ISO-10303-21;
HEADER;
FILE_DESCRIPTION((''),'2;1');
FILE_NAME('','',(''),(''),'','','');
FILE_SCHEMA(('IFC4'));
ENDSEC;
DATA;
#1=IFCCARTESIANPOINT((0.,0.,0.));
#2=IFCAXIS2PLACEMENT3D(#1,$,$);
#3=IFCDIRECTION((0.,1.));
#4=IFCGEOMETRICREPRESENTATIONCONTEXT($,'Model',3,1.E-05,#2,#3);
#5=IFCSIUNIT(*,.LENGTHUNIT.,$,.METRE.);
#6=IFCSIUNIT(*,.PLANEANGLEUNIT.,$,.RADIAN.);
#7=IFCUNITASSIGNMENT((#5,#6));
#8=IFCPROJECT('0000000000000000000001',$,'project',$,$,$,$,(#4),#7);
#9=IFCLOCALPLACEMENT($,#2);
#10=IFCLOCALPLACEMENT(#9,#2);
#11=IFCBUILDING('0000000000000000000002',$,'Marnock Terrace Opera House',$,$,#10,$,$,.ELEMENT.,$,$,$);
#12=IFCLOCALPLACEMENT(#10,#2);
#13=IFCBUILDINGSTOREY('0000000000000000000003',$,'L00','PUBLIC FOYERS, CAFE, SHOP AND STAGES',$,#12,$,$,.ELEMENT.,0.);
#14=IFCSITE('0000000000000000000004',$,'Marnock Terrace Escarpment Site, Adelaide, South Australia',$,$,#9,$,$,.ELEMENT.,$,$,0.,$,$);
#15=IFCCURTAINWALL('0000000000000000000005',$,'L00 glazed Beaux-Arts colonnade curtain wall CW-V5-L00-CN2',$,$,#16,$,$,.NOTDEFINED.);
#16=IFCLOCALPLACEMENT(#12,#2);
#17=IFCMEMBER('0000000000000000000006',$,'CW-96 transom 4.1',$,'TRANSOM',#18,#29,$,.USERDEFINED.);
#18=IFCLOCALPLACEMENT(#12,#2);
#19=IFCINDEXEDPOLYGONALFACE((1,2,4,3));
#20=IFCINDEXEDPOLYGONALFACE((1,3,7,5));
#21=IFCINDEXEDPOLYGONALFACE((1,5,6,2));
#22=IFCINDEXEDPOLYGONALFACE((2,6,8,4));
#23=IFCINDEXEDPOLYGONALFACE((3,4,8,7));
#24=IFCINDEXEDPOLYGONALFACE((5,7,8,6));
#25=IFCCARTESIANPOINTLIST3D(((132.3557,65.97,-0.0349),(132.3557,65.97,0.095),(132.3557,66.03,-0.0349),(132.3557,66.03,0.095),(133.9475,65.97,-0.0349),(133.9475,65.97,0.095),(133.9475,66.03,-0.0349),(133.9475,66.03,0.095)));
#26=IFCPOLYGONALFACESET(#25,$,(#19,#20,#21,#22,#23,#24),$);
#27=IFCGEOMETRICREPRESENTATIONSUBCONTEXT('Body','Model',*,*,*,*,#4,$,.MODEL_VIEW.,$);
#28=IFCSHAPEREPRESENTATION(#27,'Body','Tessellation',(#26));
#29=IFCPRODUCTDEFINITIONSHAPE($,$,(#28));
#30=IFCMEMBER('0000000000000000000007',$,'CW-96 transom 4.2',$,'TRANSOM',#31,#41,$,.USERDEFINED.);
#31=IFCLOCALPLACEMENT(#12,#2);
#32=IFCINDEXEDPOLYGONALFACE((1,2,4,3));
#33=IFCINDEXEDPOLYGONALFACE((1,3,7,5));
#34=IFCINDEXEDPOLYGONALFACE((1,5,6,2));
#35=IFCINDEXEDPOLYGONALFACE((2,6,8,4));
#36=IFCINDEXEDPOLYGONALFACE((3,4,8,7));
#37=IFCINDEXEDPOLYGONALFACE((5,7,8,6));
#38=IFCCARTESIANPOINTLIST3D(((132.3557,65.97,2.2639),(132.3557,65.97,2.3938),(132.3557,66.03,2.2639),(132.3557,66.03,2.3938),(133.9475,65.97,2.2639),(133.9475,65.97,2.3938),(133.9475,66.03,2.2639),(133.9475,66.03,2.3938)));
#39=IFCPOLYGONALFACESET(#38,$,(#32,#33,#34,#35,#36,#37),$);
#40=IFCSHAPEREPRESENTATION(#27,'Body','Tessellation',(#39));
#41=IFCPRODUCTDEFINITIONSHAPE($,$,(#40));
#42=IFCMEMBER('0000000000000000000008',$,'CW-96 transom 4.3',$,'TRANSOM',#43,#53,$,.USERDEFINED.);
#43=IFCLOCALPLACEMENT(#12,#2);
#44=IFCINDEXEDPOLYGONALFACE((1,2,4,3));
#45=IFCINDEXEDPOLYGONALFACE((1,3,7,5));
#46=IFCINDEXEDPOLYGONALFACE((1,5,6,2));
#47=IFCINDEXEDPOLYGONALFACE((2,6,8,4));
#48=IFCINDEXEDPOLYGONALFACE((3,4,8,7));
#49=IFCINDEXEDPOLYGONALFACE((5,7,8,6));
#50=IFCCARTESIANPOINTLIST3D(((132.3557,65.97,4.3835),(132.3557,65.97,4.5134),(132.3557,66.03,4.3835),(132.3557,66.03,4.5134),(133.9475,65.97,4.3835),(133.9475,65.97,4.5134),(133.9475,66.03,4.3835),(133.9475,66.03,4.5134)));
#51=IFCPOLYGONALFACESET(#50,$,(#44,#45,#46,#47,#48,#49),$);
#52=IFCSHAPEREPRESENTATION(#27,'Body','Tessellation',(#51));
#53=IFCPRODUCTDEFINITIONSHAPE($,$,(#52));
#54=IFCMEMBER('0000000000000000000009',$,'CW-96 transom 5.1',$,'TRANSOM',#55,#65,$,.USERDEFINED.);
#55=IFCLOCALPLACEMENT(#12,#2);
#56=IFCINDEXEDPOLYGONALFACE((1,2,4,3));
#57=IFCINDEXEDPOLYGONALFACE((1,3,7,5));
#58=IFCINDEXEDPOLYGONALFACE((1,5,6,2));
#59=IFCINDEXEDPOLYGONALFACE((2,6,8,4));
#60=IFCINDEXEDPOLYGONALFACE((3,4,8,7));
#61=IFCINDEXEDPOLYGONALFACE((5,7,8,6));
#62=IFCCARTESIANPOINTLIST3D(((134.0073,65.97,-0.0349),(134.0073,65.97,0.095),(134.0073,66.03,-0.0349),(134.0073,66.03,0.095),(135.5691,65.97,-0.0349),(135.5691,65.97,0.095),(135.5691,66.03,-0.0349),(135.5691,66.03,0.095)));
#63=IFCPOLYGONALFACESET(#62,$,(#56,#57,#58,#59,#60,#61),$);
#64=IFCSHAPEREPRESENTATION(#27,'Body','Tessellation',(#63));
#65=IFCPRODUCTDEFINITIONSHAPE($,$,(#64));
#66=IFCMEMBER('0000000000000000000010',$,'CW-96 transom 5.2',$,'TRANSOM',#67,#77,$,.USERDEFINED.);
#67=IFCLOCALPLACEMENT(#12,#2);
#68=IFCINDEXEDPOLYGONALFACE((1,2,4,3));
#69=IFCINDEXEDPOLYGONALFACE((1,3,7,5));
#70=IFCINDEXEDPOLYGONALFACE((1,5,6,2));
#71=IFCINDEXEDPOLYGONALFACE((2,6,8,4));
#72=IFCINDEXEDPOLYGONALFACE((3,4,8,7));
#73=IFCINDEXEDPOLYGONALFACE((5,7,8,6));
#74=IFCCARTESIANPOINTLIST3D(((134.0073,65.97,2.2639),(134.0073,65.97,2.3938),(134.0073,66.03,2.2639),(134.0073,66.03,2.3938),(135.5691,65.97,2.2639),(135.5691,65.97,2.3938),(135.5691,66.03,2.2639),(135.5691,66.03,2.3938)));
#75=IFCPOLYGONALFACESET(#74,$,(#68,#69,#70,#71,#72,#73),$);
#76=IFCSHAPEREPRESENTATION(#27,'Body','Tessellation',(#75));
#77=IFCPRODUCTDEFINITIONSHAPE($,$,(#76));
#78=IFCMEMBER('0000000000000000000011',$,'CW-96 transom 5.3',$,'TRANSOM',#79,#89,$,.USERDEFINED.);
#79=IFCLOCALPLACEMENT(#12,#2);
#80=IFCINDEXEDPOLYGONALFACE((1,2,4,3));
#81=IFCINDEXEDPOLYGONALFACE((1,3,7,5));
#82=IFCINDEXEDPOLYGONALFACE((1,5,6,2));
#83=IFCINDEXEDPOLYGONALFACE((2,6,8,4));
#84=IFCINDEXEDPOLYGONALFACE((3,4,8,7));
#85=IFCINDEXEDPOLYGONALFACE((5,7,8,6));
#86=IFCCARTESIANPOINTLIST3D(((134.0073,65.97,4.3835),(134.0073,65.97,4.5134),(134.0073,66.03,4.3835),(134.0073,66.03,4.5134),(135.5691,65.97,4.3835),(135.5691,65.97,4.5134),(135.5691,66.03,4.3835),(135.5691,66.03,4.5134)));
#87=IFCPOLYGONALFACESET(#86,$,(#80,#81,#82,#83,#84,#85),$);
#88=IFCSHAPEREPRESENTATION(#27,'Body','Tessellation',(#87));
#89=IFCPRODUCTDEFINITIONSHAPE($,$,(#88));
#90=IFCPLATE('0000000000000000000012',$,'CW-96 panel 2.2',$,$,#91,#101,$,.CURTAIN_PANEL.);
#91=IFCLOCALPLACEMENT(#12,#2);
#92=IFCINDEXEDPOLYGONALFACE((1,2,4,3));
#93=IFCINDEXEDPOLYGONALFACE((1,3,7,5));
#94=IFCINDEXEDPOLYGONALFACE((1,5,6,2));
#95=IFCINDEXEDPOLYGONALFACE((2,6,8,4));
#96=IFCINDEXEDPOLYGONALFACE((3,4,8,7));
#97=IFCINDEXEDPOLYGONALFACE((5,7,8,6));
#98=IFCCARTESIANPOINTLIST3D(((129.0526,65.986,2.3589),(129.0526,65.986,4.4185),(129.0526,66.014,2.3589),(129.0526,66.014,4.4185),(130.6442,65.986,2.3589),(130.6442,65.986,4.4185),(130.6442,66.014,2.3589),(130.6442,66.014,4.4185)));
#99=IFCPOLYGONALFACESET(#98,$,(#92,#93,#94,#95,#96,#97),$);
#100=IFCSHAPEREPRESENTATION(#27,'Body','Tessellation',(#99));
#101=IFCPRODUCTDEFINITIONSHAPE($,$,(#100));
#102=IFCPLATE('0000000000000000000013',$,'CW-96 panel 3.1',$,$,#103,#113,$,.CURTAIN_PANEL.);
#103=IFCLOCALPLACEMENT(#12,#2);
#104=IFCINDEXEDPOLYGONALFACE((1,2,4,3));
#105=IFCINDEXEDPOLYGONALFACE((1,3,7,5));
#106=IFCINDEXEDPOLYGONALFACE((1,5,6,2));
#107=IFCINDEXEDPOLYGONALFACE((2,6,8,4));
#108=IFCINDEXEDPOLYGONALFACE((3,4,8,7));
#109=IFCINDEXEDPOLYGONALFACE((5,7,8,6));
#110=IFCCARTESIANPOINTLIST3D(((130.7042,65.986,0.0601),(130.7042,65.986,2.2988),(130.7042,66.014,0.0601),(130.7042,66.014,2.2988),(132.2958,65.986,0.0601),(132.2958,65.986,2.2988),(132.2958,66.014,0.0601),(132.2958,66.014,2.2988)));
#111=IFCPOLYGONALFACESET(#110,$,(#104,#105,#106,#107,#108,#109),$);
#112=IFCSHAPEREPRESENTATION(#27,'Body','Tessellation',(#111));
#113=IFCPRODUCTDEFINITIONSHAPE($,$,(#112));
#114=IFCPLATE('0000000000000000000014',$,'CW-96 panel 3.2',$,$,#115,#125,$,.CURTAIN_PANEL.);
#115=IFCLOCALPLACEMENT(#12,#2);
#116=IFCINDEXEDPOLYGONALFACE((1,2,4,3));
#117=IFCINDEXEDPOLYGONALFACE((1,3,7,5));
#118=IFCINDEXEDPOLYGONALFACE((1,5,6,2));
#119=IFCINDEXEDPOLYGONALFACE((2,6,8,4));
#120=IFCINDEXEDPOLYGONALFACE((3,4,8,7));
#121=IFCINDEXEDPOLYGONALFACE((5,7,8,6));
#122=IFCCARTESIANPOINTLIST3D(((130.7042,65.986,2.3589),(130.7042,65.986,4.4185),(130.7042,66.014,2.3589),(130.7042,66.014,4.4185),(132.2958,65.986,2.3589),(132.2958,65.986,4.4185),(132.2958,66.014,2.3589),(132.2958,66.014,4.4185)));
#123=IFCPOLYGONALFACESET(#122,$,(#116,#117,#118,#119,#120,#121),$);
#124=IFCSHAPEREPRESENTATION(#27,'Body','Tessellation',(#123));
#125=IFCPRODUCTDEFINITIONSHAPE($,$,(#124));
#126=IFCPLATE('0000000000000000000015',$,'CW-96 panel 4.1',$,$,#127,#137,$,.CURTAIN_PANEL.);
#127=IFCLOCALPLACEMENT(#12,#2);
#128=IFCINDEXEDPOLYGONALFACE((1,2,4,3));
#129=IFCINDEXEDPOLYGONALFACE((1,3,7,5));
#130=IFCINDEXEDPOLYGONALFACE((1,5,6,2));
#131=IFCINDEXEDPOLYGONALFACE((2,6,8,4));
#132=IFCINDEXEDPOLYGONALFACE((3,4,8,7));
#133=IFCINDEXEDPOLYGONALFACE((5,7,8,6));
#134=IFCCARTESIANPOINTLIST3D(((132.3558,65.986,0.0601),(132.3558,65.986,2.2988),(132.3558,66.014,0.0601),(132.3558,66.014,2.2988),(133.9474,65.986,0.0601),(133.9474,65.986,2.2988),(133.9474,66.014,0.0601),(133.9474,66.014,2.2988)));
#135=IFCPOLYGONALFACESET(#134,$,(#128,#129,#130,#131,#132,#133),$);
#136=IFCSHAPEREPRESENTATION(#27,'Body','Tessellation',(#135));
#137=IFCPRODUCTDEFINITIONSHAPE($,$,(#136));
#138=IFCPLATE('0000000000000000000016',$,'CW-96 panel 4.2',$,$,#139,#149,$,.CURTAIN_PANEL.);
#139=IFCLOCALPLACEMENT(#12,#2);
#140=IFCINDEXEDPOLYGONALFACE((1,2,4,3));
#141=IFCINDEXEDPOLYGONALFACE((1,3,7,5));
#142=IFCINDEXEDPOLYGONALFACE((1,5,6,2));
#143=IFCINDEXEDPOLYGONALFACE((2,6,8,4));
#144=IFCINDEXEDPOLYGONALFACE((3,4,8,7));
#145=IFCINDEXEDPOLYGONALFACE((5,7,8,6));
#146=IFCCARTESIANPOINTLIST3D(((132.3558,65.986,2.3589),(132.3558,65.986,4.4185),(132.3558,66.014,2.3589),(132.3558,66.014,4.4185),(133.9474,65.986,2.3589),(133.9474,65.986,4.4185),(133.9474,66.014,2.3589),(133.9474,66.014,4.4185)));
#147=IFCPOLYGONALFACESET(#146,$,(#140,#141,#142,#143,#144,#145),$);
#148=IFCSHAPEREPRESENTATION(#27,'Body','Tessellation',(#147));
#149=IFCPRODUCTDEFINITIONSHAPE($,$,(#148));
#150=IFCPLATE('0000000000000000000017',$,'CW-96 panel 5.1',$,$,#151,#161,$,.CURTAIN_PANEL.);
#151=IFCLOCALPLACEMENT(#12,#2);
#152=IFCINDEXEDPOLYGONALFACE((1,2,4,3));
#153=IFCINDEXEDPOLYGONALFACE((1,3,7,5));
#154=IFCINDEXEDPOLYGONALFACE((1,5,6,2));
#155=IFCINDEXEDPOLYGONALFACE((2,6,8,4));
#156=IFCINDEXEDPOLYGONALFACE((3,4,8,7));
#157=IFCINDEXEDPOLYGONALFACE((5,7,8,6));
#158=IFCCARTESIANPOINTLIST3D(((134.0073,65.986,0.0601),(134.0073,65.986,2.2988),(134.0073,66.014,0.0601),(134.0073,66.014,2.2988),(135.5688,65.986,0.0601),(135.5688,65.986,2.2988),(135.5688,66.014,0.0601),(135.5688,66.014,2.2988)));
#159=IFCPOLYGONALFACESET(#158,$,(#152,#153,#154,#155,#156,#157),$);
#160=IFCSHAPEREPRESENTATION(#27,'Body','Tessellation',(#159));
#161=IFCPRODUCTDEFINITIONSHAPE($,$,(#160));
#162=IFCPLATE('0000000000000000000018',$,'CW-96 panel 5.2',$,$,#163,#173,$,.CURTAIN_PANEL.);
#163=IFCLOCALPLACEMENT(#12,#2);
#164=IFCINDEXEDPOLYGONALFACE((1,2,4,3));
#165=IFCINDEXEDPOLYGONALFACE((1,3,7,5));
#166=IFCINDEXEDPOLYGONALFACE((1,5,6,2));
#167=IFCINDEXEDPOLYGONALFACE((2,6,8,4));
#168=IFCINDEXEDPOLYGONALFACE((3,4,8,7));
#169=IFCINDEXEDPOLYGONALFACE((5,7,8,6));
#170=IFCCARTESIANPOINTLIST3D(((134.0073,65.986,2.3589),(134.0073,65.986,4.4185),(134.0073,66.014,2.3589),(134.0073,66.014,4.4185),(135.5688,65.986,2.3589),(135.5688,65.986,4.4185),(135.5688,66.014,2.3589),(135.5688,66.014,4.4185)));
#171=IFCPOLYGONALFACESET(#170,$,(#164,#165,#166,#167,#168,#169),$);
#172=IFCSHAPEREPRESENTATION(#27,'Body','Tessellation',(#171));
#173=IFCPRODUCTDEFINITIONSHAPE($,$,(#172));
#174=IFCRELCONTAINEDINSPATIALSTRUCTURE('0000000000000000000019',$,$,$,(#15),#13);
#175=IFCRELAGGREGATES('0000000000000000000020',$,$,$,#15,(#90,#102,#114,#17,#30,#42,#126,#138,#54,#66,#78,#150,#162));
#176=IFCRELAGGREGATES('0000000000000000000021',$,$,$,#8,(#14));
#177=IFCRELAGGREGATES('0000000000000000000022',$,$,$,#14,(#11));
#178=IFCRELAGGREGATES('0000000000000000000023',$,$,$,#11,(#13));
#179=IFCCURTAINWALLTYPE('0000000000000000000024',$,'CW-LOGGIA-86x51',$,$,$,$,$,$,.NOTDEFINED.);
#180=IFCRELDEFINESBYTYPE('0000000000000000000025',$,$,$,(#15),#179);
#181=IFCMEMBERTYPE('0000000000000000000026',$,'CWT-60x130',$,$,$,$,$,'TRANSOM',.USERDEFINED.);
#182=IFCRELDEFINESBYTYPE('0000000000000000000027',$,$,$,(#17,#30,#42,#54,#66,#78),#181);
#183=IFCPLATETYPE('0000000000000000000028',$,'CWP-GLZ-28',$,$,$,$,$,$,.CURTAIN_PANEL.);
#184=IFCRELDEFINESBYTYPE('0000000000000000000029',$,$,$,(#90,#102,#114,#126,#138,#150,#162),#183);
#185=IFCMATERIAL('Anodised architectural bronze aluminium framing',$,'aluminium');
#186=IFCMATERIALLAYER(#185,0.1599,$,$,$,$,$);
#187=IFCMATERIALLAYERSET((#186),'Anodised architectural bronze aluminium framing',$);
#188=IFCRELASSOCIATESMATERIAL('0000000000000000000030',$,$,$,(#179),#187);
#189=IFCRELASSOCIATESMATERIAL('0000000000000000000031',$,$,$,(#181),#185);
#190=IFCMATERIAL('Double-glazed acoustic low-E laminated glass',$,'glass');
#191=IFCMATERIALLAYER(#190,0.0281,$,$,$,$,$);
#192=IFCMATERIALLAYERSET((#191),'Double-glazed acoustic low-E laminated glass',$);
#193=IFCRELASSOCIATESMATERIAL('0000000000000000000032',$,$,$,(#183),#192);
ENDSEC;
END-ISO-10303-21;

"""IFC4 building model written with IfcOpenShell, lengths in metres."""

from ifc_helpers import new_model, si_unit, direction, frame, origin, origin_2d, place, context, subcontext, project, spatial, rectangle, extrude, material, layer, layer_set, material_profile, profile_set, type_object, element, aggregate, save


model = new_model("IFC4")

# Units and contexts
model_context = context("Model", 3, precision=1e-05, world=origin(), true_north=direction((0.0, 1.0)))
body_context = subcontext(model_context, "Body", "Model", "MODEL_VIEW")
ifc_project = project(units=[si_unit("LENGTHUNIT", "METRE"), si_unit("PLANEANGLEUNIT", "RADIAN")], contexts=[model_context])

# Site, building, storey
site_placement = place(None, origin())
site = spatial("IfcSite", under=ifc_project, at=site_placement, Name="Marnock Terrace Escarpment Site, Adelaide, South Australia", CompositionType="ELEMENT", RefElevation=0.0)
building_placement = place(site_placement, origin())
building = spatial("IfcBuilding", under=site, at=building_placement, Name="Marnock Terrace Opera House", CompositionType="ELEMENT")
storey_placement = place(building_placement, origin())
storey = spatial("IfcBuildingStorey", under=building, at=storey_placement, Name="L00", Description="PUBLIC FOYERS, CAFE, SHOP AND STAGES", CompositionType="ELEMENT", Elevation=0.0)

# Curtain wall, members, plates
ifc_material_1 = material(Name="Anodised architectural bronze aluminium framing", Category="aluminium")
ifc_layer_1 = layer(ifc_material_1, 0.1599)
ifc_layer_set_1 = layer_set([ifc_layer_1], Name="Anodised architectural bronze aluminium framing")
curtain_wall_type = type_object("IfcCurtainWallType", Name="CW-LOGGIA-86x51", PredefinedType="NOTDEFINED", material=ifc_layer_set_1)
curtain_wall_placement = place(storey_placement, origin())
curtain_wall = element("IfcCurtainWall", 1, at=curtain_wall_placement, inside=storey, type_object=curtain_wall_type, Name="L00 glazed Beaux-Arts colonnade curtain wall CW-V5-L00-CN2", PredefinedType="NOTDEFINED")
ifc_material_profile_1 = material_profile(ifc_material_1, rectangle(XDim=0.0601, YDim=0.1299, at=origin_2d()))
ifc_profile_set_1 = profile_set([ifc_material_profile_1], Name="Anodised architectural bronze aluminium framing")
member_type_1 = type_object("IfcMemberType", Name="CWT-60x130", ElementType="TRANSOM", PredefinedType="USERDEFINED", material=ifc_profile_set_1)
member_1_placement = place(storey_placement, frame((132.3557, 66.0, 0.03), z_axis=(1.0, 0.0, 0.0), x_axis=(0.0, 1.0, 0.0)))
member_1 = element("IfcMember", 2, at=member_1_placement, type_object=member_type_1, Name="CW-96 transom 4.1", ObjectType="TRANSOM", PredefinedType="USERDEFINED", context=body_context, shape_type="SweptSolid", body=[
    extrude(rectangle(XDim=0.0601, YDim=0.1299, at=origin_2d()), origin(), (0.0, 0.0, 1.0), 1.5918),
])
member_2_placement = place(storey_placement, frame((132.3557, 66.0, 2.3289), z_axis=(1.0, 0.0, 0.0), x_axis=(0.0, 1.0, 0.0)))
member_2 = element("IfcMember", 3, at=member_2_placement, type_object=member_type_1, Name="CW-96 transom 4.2", ObjectType="TRANSOM", PredefinedType="USERDEFINED", context=body_context, shape_type="SweptSolid", body=[
    extrude(rectangle(XDim=0.0601, YDim=0.1299, at=origin_2d()), origin(), (0.0, 0.0, 1.0), 1.5918),
])
member_3_placement = place(storey_placement, frame((132.3557, 66.0, 4.4485), z_axis=(1.0, 0.0, 0.0), x_axis=(0.0, 1.0, 0.0)))
member_3 = element("IfcMember", 4, at=member_3_placement, type_object=member_type_1, Name="CW-96 transom 4.3", ObjectType="TRANSOM", PredefinedType="USERDEFINED", context=body_context, shape_type="SweptSolid", body=[
    extrude(rectangle(XDim=0.0601, YDim=0.1299, at=origin_2d()), origin(), (0.0, 0.0, 1.0), 1.5918),
])
member_4_placement = place(storey_placement, frame((134.0073, 66.0, 0.03), z_axis=(1.0, 0.0, 0.0), x_axis=(0.0, 1.0, 0.0)))
member_4 = element("IfcMember", 5, at=member_4_placement, type_object=member_type_1, Name="CW-96 transom 5.1", ObjectType="TRANSOM", PredefinedType="USERDEFINED", context=body_context, shape_type="SweptSolid", body=[
    extrude(rectangle(XDim=0.0601, YDim=0.1299, at=origin_2d()), origin(), (0.0, 0.0, 1.0), 1.5618),
])
member_5_placement = place(storey_placement, frame((134.0073, 66.0, 2.3289), z_axis=(1.0, 0.0, 0.0), x_axis=(0.0, 1.0, 0.0)))
member_5 = element("IfcMember", 6, at=member_5_placement, type_object=member_type_1, Name="CW-96 transom 5.2", ObjectType="TRANSOM", PredefinedType="USERDEFINED", context=body_context, shape_type="SweptSolid", body=[
    extrude(rectangle(XDim=0.0601, YDim=0.1299, at=origin_2d()), origin(), (0.0, 0.0, 1.0), 1.5618),
])
member_6_placement = place(storey_placement, frame((134.0073, 66.0, 4.4485), z_axis=(1.0, 0.0, 0.0), x_axis=(0.0, 1.0, 0.0)))
member_6 = element("IfcMember", 7, at=member_6_placement, type_object=member_type_1, Name="CW-96 transom 5.3", ObjectType="TRANSOM", PredefinedType="USERDEFINED", context=body_context, shape_type="SweptSolid", body=[
    extrude(rectangle(XDim=0.0601, YDim=0.1299, at=origin_2d()), origin(), (0.0, 0.0, 1.0), 1.5618),
])
ifc_material_2 = material(Name="Double-glazed acoustic low-E laminated glass", Category="glass")
ifc_layer_2 = layer(ifc_material_2, 0.0281)
ifc_layer_set_2 = layer_set([ifc_layer_2], Name="Double-glazed acoustic low-E laminated glass")
plate_type = type_object("IfcPlateType", Name="CWP-GLZ-28", PredefinedType="CURTAIN_PANEL", material=ifc_layer_set_2)
plate_1_placement = place(storey_placement, frame((129.8484, 66.0, 2.3589), z_axis=(0.0, 0.0, 1.0), x_axis=(1.0, 0.0, 0.0)))
plate_1 = element("IfcPlate", 8, at=plate_1_placement, type_object=plate_type, Name="CW-96 panel 2.2", PredefinedType="CURTAIN_PANEL", context=body_context, shape_type="SweptSolid", body=[
    extrude(rectangle(XDim=1.5916, YDim=0.0281, at=origin_2d()), origin(), (0.0, 0.0, 1.0), 2.0596),
])
plate_2_placement = place(storey_placement, frame((131.5, 66.0, 0.0601), z_axis=(0.0, 0.0, 1.0), x_axis=(1.0, 0.0, 0.0)))
plate_2 = element("IfcPlate", 9, at=plate_2_placement, type_object=plate_type, Name="CW-96 panel 3.1", PredefinedType="CURTAIN_PANEL", context=body_context, shape_type="SweptSolid", body=[
    extrude(rectangle(XDim=1.5916, YDim=0.0281, at=origin_2d()), origin(), (0.0, 0.0, 1.0), 2.2388),
])
plate_3_placement = place(storey_placement, frame((131.5, 66.0, 2.3589), z_axis=(0.0, 0.0, 1.0), x_axis=(1.0, 0.0, 0.0)))
plate_3 = element("IfcPlate", 10, at=plate_3_placement, type_object=plate_type, Name="CW-96 panel 3.2", PredefinedType="CURTAIN_PANEL", context=body_context, shape_type="SweptSolid", body=[
    extrude(rectangle(XDim=1.5916, YDim=0.0281, at=origin_2d()), origin(), (0.0, 0.0, 1.0), 2.0596),
])
plate_4_placement = place(storey_placement, frame((133.1516, 66.0, 0.0601), z_axis=(0.0, 0.0, 1.0), x_axis=(1.0, 0.0, 0.0)))
plate_4 = element("IfcPlate", 11, at=plate_4_placement, type_object=plate_type, Name="CW-96 panel 4.1", PredefinedType="CURTAIN_PANEL", context=body_context, shape_type="SweptSolid", body=[
    extrude(rectangle(XDim=1.5916, YDim=0.0281, at=origin_2d()), origin(), (0.0, 0.0, 1.0), 2.2388),
])
plate_5_placement = place(storey_placement, frame((133.1516, 66.0, 2.3589), z_axis=(0.0, 0.0, 1.0), x_axis=(1.0, 0.0, 0.0)))
plate_5 = element("IfcPlate", 12, at=plate_5_placement, type_object=plate_type, Name="CW-96 panel 4.2", PredefinedType="CURTAIN_PANEL", context=body_context, shape_type="SweptSolid", body=[
    extrude(rectangle(XDim=1.5916, YDim=0.0281, at=origin_2d()), origin(), (0.0, 0.0, 1.0), 2.0596),
])
plate_6_placement = place(storey_placement, frame((134.7881, 66.0, 0.0601), z_axis=(0.0, 0.0, 1.0), x_axis=(1.0, 0.0, 0.0)))
plate_6 = element("IfcPlate", 13, at=plate_6_placement, type_object=plate_type, Name="CW-96 panel 5.1", PredefinedType="CURTAIN_PANEL", context=body_context, shape_type="SweptSolid", body=[
    extrude(rectangle(XDim=1.5615, YDim=0.0281, at=origin_2d()), origin(), (0.0, 0.0, 1.0), 2.2388),
])
plate_7_placement = place(storey_placement, frame((134.7881, 66.0, 2.3589), z_axis=(0.0, 0.0, 1.0), x_axis=(1.0, 0.0, 0.0)))
plate_7 = element("IfcPlate", 14, at=plate_7_placement, type_object=plate_type, Name="CW-96 panel 5.2", PredefinedType="CURTAIN_PANEL", context=body_context, shape_type="SweptSolid", body=[
    extrude(rectangle(XDim=1.5615, YDim=0.0281, at=origin_2d()), origin(), (0.0, 0.0, 1.0), 2.0596),
])
aggregate(curtain_wall, [plate_1, plate_2, plate_3, member_1, member_2, member_3, plate_4, plate_5, member_4, member_5, member_6, plate_6, plate_7])

save(model, "model.ifc")
